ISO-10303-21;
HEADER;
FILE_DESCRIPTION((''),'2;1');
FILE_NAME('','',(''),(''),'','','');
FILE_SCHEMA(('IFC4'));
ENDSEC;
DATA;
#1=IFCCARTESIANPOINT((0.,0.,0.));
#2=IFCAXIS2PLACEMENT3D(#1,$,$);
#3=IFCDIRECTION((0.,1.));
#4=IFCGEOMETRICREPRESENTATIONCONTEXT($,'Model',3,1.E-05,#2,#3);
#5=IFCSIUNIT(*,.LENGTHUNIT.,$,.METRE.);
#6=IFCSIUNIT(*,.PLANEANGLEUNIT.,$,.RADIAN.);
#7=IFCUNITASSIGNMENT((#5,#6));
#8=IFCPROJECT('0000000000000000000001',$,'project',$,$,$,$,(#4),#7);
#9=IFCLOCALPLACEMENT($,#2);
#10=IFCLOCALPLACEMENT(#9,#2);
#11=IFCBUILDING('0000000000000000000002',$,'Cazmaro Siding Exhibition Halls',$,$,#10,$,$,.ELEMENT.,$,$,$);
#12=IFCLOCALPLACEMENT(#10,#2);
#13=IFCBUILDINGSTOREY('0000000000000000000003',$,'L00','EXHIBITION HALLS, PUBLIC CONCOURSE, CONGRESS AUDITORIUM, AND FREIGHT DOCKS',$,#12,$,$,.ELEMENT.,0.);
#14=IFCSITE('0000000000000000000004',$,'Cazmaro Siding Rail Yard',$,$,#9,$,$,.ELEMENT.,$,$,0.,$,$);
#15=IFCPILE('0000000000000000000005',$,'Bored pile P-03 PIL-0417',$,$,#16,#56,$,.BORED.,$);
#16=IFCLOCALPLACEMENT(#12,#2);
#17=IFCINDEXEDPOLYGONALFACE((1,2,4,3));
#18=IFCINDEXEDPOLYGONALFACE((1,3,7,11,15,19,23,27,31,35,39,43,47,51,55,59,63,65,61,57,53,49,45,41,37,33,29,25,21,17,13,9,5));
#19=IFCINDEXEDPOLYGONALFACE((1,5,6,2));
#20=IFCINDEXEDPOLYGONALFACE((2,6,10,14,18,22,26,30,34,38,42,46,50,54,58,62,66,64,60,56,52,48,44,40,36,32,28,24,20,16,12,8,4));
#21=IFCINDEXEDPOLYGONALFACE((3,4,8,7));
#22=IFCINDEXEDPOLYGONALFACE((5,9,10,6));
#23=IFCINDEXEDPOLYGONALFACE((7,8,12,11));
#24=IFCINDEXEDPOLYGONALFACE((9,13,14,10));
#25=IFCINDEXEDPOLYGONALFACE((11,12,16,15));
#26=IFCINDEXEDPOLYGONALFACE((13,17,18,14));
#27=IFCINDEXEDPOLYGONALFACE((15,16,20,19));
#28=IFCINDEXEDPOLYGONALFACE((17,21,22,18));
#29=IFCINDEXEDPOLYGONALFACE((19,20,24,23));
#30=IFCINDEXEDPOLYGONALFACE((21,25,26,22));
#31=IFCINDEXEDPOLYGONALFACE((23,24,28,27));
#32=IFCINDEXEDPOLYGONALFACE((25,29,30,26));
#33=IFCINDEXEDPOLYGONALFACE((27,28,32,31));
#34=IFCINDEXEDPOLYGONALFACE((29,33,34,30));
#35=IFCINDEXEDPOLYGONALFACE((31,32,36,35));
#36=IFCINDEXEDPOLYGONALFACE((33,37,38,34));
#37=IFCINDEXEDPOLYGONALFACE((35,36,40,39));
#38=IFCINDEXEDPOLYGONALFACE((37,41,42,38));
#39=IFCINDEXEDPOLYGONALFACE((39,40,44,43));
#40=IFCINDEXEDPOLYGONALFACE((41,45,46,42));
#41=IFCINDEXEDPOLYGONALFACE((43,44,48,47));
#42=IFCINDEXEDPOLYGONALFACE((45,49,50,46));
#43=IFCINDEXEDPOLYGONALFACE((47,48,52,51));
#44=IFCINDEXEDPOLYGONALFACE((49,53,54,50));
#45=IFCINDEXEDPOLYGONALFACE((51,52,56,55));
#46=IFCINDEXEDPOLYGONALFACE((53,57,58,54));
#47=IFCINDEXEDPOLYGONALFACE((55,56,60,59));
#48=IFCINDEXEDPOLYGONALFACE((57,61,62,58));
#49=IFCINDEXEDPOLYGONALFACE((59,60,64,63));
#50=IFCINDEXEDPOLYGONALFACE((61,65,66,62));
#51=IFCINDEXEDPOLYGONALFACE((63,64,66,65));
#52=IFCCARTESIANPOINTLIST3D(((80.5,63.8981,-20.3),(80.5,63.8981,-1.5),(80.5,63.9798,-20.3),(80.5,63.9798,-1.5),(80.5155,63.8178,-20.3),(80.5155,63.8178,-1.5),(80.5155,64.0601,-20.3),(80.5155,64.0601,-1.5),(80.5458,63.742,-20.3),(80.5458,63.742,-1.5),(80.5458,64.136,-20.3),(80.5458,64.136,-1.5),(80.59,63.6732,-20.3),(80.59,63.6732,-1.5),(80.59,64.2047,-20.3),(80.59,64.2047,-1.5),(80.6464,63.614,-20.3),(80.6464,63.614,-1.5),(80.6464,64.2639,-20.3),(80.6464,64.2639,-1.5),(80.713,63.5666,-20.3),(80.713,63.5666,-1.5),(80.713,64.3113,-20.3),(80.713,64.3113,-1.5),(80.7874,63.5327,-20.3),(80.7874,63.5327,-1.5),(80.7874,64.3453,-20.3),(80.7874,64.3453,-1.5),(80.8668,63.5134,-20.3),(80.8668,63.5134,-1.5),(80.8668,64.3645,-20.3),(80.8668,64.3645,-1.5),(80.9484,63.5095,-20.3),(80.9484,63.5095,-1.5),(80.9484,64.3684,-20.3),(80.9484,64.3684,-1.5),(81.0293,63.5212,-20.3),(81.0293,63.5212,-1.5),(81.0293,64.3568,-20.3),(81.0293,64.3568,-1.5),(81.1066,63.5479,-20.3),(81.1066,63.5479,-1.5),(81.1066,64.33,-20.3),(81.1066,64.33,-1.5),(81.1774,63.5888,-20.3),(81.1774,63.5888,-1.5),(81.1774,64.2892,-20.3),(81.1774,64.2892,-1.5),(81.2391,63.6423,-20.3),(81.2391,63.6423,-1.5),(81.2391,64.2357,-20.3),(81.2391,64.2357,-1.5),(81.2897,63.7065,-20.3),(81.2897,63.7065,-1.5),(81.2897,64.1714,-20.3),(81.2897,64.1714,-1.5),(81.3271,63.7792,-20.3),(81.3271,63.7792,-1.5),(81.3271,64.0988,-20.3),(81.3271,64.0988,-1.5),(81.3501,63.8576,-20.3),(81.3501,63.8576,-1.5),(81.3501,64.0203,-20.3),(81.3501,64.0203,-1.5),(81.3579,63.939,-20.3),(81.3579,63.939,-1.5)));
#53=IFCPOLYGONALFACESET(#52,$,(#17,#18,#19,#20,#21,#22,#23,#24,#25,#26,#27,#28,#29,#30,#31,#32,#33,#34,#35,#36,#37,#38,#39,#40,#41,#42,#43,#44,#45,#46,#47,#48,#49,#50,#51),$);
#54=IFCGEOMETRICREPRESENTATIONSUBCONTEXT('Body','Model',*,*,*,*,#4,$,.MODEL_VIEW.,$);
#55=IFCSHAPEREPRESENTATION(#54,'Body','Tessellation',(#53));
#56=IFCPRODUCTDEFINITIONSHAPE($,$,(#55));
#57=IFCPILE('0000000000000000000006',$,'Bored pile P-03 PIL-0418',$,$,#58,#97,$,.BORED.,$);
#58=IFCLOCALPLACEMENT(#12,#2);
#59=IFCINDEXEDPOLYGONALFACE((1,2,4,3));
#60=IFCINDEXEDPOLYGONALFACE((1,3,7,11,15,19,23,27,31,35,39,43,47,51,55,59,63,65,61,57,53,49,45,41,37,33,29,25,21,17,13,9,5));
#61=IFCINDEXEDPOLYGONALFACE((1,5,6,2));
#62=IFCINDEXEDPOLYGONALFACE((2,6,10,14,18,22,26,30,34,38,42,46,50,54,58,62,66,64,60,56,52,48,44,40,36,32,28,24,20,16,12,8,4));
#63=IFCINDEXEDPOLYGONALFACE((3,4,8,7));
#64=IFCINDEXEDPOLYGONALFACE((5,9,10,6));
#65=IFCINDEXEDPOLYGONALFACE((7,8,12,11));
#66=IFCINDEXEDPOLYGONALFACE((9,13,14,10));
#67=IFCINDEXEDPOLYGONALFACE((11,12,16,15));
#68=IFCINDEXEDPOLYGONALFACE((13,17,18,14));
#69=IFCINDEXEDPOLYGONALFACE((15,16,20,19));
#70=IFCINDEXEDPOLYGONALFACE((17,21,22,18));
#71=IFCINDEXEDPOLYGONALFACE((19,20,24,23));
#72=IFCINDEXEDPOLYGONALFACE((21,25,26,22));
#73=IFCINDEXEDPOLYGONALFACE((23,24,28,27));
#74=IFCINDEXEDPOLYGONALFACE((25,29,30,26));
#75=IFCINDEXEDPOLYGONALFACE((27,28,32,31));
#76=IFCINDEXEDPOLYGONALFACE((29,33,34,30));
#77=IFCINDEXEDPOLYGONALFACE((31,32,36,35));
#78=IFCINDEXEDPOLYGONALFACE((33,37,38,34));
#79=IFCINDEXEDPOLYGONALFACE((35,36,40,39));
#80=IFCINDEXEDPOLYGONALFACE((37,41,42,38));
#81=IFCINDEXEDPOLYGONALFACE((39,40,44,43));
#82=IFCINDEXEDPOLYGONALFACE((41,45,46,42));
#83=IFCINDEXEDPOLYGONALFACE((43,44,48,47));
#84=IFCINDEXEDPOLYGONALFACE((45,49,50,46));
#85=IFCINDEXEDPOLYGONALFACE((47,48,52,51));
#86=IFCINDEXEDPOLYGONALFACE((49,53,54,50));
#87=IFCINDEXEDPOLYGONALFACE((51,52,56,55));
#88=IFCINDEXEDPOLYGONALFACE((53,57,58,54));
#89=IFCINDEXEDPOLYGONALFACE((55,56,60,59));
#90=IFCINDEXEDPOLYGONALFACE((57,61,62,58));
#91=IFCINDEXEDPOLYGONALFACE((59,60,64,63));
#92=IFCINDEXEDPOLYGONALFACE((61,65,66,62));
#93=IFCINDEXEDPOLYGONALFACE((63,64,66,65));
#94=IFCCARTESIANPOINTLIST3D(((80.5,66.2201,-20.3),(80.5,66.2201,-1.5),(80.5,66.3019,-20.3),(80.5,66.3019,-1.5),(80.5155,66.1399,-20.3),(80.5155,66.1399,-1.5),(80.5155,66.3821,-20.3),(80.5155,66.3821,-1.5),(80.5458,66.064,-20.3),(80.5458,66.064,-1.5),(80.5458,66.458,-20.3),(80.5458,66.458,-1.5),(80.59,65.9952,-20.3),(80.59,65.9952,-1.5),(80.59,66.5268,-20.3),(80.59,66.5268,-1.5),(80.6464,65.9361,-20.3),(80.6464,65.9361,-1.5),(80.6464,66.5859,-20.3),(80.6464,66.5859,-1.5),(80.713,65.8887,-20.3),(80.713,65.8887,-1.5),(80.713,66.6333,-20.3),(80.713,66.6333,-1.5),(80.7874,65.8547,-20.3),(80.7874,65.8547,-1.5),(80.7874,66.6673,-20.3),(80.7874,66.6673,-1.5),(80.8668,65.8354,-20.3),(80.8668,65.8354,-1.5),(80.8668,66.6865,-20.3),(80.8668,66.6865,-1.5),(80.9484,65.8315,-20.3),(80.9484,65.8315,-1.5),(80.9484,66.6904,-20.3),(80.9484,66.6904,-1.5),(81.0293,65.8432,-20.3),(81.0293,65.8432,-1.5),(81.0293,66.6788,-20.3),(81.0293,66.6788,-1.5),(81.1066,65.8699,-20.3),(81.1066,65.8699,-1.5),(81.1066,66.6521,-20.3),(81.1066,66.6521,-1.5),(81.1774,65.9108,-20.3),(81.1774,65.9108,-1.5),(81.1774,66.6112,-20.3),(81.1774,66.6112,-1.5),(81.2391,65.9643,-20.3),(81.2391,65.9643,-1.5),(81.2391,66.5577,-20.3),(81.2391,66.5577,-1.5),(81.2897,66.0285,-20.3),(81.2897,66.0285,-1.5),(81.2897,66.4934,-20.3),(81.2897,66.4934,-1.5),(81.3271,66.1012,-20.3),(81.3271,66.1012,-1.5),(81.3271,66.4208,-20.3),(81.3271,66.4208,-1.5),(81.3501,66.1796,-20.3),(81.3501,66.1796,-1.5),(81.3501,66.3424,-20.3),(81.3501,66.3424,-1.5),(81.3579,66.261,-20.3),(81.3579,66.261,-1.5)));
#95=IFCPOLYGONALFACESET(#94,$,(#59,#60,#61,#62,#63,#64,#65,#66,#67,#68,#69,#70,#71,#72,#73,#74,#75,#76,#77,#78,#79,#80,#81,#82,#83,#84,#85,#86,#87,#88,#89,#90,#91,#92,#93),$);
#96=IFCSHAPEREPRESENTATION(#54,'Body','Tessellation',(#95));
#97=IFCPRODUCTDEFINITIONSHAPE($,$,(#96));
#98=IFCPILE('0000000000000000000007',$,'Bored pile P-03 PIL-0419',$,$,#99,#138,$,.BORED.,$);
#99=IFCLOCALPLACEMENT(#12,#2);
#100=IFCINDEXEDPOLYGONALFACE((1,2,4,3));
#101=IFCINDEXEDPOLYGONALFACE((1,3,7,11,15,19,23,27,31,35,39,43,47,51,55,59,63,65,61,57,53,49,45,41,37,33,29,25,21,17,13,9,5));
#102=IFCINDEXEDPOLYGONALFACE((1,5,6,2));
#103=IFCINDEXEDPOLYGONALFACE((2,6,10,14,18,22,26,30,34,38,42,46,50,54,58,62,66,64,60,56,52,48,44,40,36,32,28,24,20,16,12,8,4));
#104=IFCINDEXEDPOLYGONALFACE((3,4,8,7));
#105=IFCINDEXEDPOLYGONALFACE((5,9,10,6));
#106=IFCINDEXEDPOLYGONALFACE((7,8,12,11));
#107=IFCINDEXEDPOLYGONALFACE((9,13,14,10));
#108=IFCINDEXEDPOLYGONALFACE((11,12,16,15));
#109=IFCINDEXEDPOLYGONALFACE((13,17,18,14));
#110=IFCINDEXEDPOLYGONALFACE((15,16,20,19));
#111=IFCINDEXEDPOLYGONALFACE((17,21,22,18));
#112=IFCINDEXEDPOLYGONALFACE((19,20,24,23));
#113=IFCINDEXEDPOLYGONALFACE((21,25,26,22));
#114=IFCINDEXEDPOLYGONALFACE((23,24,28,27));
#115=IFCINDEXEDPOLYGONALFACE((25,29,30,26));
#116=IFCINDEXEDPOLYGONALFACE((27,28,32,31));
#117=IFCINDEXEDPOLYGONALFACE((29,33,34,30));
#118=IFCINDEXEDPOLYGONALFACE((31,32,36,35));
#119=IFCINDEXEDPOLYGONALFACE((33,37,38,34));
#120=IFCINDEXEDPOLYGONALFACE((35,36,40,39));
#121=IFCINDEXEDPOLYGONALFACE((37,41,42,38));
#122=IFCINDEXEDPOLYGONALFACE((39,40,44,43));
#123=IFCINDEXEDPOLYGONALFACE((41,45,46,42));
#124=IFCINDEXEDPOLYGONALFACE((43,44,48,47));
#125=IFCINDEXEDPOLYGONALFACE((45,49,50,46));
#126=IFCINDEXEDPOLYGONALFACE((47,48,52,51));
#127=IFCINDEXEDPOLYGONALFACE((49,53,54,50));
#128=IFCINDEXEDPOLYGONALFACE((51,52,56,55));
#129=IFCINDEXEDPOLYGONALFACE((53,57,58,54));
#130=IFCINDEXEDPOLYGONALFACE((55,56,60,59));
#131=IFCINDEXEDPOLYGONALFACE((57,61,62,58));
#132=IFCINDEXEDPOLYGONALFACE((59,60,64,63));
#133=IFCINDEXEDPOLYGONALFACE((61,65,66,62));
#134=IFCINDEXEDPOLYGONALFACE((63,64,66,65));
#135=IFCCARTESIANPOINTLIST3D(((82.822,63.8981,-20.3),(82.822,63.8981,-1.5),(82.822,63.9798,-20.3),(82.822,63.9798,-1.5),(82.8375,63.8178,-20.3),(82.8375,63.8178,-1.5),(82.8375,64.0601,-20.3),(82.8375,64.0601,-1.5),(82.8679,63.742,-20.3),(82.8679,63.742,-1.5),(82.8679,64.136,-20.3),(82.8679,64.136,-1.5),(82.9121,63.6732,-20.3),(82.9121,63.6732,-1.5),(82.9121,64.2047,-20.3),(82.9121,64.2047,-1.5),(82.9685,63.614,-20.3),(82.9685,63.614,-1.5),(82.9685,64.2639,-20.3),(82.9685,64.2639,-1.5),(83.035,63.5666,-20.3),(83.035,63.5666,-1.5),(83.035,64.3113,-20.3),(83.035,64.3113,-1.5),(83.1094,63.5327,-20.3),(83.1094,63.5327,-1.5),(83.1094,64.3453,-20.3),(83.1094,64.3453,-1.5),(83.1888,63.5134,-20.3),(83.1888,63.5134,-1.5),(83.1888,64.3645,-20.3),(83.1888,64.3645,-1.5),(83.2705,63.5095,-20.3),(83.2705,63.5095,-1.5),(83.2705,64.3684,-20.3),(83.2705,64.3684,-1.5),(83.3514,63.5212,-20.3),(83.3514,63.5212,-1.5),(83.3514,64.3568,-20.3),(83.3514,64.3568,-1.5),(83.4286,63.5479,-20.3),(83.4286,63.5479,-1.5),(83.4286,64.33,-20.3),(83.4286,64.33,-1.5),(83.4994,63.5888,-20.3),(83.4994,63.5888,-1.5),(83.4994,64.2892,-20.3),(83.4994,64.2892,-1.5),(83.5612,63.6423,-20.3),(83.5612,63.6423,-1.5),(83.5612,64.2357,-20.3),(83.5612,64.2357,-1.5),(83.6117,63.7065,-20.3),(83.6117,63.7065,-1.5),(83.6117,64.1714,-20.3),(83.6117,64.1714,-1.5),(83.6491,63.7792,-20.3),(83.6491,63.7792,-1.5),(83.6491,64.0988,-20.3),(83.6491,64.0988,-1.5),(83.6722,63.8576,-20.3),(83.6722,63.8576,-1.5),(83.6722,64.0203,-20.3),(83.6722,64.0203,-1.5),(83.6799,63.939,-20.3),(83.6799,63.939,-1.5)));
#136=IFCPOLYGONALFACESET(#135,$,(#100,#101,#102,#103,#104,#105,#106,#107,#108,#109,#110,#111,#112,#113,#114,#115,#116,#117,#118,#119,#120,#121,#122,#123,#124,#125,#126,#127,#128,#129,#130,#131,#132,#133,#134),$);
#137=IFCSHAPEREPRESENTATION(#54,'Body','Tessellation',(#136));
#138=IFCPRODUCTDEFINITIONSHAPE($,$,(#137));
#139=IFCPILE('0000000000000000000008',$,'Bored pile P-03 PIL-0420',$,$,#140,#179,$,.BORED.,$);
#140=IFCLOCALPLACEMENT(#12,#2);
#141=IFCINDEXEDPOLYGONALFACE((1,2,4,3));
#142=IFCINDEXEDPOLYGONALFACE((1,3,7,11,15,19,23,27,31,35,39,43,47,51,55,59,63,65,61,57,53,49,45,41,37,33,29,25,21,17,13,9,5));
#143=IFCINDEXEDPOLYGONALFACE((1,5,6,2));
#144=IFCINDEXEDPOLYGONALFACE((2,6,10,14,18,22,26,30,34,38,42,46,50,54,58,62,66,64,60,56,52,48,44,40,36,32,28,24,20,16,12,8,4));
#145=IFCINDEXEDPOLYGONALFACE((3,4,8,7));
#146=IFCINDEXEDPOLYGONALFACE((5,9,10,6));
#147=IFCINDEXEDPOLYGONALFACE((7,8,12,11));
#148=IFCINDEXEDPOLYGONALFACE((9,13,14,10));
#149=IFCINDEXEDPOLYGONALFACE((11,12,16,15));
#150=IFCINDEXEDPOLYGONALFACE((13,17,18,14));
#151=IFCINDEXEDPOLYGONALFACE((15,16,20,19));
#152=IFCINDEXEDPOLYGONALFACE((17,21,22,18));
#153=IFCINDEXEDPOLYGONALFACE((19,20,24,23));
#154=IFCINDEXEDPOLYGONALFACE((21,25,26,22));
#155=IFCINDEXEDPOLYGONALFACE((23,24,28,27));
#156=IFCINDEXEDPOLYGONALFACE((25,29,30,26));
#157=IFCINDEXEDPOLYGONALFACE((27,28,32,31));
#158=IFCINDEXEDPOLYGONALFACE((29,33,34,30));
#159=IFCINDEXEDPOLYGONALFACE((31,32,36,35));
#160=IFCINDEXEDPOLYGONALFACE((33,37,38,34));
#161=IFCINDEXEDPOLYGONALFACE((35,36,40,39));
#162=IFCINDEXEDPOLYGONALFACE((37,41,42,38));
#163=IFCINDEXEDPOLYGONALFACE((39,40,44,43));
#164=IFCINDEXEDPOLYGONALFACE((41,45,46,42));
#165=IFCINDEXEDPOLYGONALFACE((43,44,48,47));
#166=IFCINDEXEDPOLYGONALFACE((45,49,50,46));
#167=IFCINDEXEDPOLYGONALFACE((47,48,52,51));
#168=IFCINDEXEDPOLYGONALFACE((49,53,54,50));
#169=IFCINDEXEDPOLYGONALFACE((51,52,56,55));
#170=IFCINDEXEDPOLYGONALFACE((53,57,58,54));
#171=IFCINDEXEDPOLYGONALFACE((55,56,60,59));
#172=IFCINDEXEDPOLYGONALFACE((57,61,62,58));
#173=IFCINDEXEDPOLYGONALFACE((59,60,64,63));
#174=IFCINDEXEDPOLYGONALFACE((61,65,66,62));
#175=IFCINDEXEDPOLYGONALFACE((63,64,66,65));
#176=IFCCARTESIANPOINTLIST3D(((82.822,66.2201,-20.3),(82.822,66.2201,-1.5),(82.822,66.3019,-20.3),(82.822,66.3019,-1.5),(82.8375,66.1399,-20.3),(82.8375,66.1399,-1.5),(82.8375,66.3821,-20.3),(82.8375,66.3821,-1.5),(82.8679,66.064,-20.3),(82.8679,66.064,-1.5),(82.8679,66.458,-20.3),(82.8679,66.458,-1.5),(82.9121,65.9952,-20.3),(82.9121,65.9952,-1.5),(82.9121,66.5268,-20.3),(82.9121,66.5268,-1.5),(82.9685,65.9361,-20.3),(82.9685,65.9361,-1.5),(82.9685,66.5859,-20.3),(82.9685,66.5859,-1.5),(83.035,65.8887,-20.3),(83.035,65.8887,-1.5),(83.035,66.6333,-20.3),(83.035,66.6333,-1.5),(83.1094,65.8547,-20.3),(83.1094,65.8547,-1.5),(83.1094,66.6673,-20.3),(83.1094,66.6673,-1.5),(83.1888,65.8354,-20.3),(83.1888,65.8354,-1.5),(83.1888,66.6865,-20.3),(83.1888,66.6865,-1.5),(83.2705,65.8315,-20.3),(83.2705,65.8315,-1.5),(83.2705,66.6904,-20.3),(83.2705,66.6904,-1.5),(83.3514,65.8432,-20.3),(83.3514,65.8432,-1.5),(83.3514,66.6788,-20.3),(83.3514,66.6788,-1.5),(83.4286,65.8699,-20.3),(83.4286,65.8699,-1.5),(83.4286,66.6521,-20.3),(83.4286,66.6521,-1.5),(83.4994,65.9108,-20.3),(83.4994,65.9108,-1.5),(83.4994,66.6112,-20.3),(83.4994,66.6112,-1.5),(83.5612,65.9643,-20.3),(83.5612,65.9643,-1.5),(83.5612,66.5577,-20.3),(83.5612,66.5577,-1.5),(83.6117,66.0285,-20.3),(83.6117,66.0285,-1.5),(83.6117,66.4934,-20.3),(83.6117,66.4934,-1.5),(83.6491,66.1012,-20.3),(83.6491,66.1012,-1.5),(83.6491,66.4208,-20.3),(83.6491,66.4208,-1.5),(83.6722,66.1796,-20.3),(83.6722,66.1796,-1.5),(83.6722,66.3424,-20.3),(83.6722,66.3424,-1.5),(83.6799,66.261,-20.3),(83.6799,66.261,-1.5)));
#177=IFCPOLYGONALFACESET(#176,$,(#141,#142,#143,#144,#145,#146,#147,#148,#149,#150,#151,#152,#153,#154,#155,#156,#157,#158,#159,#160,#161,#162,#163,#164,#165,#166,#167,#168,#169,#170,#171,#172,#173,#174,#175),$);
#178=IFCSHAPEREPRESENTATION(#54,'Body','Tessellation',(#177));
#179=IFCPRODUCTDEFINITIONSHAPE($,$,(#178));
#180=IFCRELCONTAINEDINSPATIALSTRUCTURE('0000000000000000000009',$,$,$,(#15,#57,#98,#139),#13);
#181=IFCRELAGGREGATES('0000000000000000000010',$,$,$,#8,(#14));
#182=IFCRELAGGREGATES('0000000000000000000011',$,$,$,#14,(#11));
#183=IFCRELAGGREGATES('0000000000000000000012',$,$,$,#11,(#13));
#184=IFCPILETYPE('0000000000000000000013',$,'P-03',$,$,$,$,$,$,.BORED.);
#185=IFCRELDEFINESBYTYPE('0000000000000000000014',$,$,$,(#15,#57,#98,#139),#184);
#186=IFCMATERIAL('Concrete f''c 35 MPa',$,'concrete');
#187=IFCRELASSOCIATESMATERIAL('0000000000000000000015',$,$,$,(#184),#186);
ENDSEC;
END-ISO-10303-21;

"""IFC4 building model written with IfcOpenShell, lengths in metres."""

from ifc_helpers import new_model, si_unit, direction, frame, origin, origin_2d, place, context, subcontext, project, spatial, circle, extrude, material, material_profile, profile_set, type_object, element, save


model = new_model("IFC4")

# Units and contexts
model_context = context("Model", 3, precision=1e-05, world=origin(), true_north=direction((0.0, 1.0)))
body_context = subcontext(model_context, "Body", "Model", "MODEL_VIEW")
ifc_project = project(units=[si_unit("LENGTHUNIT", "METRE"), si_unit("PLANEANGLEUNIT", "RADIAN")], contexts=[model_context])

# Site, building, storey
site_placement = place(None, origin())
site = spatial("IfcSite", under=ifc_project, at=site_placement, Name="Cazmaro Siding Rail Yard", CompositionType="ELEMENT", RefElevation=0.0)
building_placement = place(site_placement, origin())
building = spatial("IfcBuilding", under=site, at=building_placement, Name="Cazmaro Siding Exhibition Halls", CompositionType="ELEMENT")
storey_placement = place(building_placement, origin())
storey = spatial("IfcBuildingStorey", under=building, at=storey_placement, Name="L00", Description="EXHIBITION HALLS, PUBLIC CONCOURSE, CONGRESS AUDITORIUM, AND FREIGHT DOCKS", CompositionType="ELEMENT", Elevation=0.0)

# Piles
ifc_material_1 = material(Name="Concrete f'c 35 MPa", Category="concrete")
ifc_material_profile_1 = material_profile(ifc_material_1, circle(Radius=0.4299, at=origin_2d()), Name="CIDH-860")
ifc_profile_set_1 = profile_set([ifc_material_profile_1], Name="Concrete f'c 35 MPa")
pile_type = type_object("IfcPileType", Name="P-03", PredefinedType="BORED", material=ifc_profile_set_1)
for number, where, z_axis, x_axis, name in (
    (1, (80.928, 63.939, -1.5), (0.0, 0.0, -1.0), (1.0, 0.0, 0.0), "Bored pile P-03 PIL-0417"),
    (2, (80.928, 66.261, -1.5), (0.0, 0.0, -1.0), (1.0, 0.0, 0.0), "Bored pile P-03 PIL-0418"),
    (3, (83.25, 63.939, -1.5), (0.0, 0.0, -1.0), (1.0, 0.0, 0.0), "Bored pile P-03 PIL-0419"),
    (4, (83.25, 66.261, -1.5), (0.0, 0.0, -1.0), (1.0, 0.0, 0.0), "Bored pile P-03 PIL-0420"),
):
    element("IfcPile", number, at=place(storey_placement, frame(where, z_axis=z_axis, x_axis=x_axis)), inside=storey, type_object=pile_type, Name=name, PredefinedType="BORED", context=body_context, shape_type="SweptSolid", body=[
        extrude(circle(Radius=0.4299, at=origin_2d()), origin(), (0.0, 0.0, 1.0), 18.8),
    ])

save(model, "model.ifc")
